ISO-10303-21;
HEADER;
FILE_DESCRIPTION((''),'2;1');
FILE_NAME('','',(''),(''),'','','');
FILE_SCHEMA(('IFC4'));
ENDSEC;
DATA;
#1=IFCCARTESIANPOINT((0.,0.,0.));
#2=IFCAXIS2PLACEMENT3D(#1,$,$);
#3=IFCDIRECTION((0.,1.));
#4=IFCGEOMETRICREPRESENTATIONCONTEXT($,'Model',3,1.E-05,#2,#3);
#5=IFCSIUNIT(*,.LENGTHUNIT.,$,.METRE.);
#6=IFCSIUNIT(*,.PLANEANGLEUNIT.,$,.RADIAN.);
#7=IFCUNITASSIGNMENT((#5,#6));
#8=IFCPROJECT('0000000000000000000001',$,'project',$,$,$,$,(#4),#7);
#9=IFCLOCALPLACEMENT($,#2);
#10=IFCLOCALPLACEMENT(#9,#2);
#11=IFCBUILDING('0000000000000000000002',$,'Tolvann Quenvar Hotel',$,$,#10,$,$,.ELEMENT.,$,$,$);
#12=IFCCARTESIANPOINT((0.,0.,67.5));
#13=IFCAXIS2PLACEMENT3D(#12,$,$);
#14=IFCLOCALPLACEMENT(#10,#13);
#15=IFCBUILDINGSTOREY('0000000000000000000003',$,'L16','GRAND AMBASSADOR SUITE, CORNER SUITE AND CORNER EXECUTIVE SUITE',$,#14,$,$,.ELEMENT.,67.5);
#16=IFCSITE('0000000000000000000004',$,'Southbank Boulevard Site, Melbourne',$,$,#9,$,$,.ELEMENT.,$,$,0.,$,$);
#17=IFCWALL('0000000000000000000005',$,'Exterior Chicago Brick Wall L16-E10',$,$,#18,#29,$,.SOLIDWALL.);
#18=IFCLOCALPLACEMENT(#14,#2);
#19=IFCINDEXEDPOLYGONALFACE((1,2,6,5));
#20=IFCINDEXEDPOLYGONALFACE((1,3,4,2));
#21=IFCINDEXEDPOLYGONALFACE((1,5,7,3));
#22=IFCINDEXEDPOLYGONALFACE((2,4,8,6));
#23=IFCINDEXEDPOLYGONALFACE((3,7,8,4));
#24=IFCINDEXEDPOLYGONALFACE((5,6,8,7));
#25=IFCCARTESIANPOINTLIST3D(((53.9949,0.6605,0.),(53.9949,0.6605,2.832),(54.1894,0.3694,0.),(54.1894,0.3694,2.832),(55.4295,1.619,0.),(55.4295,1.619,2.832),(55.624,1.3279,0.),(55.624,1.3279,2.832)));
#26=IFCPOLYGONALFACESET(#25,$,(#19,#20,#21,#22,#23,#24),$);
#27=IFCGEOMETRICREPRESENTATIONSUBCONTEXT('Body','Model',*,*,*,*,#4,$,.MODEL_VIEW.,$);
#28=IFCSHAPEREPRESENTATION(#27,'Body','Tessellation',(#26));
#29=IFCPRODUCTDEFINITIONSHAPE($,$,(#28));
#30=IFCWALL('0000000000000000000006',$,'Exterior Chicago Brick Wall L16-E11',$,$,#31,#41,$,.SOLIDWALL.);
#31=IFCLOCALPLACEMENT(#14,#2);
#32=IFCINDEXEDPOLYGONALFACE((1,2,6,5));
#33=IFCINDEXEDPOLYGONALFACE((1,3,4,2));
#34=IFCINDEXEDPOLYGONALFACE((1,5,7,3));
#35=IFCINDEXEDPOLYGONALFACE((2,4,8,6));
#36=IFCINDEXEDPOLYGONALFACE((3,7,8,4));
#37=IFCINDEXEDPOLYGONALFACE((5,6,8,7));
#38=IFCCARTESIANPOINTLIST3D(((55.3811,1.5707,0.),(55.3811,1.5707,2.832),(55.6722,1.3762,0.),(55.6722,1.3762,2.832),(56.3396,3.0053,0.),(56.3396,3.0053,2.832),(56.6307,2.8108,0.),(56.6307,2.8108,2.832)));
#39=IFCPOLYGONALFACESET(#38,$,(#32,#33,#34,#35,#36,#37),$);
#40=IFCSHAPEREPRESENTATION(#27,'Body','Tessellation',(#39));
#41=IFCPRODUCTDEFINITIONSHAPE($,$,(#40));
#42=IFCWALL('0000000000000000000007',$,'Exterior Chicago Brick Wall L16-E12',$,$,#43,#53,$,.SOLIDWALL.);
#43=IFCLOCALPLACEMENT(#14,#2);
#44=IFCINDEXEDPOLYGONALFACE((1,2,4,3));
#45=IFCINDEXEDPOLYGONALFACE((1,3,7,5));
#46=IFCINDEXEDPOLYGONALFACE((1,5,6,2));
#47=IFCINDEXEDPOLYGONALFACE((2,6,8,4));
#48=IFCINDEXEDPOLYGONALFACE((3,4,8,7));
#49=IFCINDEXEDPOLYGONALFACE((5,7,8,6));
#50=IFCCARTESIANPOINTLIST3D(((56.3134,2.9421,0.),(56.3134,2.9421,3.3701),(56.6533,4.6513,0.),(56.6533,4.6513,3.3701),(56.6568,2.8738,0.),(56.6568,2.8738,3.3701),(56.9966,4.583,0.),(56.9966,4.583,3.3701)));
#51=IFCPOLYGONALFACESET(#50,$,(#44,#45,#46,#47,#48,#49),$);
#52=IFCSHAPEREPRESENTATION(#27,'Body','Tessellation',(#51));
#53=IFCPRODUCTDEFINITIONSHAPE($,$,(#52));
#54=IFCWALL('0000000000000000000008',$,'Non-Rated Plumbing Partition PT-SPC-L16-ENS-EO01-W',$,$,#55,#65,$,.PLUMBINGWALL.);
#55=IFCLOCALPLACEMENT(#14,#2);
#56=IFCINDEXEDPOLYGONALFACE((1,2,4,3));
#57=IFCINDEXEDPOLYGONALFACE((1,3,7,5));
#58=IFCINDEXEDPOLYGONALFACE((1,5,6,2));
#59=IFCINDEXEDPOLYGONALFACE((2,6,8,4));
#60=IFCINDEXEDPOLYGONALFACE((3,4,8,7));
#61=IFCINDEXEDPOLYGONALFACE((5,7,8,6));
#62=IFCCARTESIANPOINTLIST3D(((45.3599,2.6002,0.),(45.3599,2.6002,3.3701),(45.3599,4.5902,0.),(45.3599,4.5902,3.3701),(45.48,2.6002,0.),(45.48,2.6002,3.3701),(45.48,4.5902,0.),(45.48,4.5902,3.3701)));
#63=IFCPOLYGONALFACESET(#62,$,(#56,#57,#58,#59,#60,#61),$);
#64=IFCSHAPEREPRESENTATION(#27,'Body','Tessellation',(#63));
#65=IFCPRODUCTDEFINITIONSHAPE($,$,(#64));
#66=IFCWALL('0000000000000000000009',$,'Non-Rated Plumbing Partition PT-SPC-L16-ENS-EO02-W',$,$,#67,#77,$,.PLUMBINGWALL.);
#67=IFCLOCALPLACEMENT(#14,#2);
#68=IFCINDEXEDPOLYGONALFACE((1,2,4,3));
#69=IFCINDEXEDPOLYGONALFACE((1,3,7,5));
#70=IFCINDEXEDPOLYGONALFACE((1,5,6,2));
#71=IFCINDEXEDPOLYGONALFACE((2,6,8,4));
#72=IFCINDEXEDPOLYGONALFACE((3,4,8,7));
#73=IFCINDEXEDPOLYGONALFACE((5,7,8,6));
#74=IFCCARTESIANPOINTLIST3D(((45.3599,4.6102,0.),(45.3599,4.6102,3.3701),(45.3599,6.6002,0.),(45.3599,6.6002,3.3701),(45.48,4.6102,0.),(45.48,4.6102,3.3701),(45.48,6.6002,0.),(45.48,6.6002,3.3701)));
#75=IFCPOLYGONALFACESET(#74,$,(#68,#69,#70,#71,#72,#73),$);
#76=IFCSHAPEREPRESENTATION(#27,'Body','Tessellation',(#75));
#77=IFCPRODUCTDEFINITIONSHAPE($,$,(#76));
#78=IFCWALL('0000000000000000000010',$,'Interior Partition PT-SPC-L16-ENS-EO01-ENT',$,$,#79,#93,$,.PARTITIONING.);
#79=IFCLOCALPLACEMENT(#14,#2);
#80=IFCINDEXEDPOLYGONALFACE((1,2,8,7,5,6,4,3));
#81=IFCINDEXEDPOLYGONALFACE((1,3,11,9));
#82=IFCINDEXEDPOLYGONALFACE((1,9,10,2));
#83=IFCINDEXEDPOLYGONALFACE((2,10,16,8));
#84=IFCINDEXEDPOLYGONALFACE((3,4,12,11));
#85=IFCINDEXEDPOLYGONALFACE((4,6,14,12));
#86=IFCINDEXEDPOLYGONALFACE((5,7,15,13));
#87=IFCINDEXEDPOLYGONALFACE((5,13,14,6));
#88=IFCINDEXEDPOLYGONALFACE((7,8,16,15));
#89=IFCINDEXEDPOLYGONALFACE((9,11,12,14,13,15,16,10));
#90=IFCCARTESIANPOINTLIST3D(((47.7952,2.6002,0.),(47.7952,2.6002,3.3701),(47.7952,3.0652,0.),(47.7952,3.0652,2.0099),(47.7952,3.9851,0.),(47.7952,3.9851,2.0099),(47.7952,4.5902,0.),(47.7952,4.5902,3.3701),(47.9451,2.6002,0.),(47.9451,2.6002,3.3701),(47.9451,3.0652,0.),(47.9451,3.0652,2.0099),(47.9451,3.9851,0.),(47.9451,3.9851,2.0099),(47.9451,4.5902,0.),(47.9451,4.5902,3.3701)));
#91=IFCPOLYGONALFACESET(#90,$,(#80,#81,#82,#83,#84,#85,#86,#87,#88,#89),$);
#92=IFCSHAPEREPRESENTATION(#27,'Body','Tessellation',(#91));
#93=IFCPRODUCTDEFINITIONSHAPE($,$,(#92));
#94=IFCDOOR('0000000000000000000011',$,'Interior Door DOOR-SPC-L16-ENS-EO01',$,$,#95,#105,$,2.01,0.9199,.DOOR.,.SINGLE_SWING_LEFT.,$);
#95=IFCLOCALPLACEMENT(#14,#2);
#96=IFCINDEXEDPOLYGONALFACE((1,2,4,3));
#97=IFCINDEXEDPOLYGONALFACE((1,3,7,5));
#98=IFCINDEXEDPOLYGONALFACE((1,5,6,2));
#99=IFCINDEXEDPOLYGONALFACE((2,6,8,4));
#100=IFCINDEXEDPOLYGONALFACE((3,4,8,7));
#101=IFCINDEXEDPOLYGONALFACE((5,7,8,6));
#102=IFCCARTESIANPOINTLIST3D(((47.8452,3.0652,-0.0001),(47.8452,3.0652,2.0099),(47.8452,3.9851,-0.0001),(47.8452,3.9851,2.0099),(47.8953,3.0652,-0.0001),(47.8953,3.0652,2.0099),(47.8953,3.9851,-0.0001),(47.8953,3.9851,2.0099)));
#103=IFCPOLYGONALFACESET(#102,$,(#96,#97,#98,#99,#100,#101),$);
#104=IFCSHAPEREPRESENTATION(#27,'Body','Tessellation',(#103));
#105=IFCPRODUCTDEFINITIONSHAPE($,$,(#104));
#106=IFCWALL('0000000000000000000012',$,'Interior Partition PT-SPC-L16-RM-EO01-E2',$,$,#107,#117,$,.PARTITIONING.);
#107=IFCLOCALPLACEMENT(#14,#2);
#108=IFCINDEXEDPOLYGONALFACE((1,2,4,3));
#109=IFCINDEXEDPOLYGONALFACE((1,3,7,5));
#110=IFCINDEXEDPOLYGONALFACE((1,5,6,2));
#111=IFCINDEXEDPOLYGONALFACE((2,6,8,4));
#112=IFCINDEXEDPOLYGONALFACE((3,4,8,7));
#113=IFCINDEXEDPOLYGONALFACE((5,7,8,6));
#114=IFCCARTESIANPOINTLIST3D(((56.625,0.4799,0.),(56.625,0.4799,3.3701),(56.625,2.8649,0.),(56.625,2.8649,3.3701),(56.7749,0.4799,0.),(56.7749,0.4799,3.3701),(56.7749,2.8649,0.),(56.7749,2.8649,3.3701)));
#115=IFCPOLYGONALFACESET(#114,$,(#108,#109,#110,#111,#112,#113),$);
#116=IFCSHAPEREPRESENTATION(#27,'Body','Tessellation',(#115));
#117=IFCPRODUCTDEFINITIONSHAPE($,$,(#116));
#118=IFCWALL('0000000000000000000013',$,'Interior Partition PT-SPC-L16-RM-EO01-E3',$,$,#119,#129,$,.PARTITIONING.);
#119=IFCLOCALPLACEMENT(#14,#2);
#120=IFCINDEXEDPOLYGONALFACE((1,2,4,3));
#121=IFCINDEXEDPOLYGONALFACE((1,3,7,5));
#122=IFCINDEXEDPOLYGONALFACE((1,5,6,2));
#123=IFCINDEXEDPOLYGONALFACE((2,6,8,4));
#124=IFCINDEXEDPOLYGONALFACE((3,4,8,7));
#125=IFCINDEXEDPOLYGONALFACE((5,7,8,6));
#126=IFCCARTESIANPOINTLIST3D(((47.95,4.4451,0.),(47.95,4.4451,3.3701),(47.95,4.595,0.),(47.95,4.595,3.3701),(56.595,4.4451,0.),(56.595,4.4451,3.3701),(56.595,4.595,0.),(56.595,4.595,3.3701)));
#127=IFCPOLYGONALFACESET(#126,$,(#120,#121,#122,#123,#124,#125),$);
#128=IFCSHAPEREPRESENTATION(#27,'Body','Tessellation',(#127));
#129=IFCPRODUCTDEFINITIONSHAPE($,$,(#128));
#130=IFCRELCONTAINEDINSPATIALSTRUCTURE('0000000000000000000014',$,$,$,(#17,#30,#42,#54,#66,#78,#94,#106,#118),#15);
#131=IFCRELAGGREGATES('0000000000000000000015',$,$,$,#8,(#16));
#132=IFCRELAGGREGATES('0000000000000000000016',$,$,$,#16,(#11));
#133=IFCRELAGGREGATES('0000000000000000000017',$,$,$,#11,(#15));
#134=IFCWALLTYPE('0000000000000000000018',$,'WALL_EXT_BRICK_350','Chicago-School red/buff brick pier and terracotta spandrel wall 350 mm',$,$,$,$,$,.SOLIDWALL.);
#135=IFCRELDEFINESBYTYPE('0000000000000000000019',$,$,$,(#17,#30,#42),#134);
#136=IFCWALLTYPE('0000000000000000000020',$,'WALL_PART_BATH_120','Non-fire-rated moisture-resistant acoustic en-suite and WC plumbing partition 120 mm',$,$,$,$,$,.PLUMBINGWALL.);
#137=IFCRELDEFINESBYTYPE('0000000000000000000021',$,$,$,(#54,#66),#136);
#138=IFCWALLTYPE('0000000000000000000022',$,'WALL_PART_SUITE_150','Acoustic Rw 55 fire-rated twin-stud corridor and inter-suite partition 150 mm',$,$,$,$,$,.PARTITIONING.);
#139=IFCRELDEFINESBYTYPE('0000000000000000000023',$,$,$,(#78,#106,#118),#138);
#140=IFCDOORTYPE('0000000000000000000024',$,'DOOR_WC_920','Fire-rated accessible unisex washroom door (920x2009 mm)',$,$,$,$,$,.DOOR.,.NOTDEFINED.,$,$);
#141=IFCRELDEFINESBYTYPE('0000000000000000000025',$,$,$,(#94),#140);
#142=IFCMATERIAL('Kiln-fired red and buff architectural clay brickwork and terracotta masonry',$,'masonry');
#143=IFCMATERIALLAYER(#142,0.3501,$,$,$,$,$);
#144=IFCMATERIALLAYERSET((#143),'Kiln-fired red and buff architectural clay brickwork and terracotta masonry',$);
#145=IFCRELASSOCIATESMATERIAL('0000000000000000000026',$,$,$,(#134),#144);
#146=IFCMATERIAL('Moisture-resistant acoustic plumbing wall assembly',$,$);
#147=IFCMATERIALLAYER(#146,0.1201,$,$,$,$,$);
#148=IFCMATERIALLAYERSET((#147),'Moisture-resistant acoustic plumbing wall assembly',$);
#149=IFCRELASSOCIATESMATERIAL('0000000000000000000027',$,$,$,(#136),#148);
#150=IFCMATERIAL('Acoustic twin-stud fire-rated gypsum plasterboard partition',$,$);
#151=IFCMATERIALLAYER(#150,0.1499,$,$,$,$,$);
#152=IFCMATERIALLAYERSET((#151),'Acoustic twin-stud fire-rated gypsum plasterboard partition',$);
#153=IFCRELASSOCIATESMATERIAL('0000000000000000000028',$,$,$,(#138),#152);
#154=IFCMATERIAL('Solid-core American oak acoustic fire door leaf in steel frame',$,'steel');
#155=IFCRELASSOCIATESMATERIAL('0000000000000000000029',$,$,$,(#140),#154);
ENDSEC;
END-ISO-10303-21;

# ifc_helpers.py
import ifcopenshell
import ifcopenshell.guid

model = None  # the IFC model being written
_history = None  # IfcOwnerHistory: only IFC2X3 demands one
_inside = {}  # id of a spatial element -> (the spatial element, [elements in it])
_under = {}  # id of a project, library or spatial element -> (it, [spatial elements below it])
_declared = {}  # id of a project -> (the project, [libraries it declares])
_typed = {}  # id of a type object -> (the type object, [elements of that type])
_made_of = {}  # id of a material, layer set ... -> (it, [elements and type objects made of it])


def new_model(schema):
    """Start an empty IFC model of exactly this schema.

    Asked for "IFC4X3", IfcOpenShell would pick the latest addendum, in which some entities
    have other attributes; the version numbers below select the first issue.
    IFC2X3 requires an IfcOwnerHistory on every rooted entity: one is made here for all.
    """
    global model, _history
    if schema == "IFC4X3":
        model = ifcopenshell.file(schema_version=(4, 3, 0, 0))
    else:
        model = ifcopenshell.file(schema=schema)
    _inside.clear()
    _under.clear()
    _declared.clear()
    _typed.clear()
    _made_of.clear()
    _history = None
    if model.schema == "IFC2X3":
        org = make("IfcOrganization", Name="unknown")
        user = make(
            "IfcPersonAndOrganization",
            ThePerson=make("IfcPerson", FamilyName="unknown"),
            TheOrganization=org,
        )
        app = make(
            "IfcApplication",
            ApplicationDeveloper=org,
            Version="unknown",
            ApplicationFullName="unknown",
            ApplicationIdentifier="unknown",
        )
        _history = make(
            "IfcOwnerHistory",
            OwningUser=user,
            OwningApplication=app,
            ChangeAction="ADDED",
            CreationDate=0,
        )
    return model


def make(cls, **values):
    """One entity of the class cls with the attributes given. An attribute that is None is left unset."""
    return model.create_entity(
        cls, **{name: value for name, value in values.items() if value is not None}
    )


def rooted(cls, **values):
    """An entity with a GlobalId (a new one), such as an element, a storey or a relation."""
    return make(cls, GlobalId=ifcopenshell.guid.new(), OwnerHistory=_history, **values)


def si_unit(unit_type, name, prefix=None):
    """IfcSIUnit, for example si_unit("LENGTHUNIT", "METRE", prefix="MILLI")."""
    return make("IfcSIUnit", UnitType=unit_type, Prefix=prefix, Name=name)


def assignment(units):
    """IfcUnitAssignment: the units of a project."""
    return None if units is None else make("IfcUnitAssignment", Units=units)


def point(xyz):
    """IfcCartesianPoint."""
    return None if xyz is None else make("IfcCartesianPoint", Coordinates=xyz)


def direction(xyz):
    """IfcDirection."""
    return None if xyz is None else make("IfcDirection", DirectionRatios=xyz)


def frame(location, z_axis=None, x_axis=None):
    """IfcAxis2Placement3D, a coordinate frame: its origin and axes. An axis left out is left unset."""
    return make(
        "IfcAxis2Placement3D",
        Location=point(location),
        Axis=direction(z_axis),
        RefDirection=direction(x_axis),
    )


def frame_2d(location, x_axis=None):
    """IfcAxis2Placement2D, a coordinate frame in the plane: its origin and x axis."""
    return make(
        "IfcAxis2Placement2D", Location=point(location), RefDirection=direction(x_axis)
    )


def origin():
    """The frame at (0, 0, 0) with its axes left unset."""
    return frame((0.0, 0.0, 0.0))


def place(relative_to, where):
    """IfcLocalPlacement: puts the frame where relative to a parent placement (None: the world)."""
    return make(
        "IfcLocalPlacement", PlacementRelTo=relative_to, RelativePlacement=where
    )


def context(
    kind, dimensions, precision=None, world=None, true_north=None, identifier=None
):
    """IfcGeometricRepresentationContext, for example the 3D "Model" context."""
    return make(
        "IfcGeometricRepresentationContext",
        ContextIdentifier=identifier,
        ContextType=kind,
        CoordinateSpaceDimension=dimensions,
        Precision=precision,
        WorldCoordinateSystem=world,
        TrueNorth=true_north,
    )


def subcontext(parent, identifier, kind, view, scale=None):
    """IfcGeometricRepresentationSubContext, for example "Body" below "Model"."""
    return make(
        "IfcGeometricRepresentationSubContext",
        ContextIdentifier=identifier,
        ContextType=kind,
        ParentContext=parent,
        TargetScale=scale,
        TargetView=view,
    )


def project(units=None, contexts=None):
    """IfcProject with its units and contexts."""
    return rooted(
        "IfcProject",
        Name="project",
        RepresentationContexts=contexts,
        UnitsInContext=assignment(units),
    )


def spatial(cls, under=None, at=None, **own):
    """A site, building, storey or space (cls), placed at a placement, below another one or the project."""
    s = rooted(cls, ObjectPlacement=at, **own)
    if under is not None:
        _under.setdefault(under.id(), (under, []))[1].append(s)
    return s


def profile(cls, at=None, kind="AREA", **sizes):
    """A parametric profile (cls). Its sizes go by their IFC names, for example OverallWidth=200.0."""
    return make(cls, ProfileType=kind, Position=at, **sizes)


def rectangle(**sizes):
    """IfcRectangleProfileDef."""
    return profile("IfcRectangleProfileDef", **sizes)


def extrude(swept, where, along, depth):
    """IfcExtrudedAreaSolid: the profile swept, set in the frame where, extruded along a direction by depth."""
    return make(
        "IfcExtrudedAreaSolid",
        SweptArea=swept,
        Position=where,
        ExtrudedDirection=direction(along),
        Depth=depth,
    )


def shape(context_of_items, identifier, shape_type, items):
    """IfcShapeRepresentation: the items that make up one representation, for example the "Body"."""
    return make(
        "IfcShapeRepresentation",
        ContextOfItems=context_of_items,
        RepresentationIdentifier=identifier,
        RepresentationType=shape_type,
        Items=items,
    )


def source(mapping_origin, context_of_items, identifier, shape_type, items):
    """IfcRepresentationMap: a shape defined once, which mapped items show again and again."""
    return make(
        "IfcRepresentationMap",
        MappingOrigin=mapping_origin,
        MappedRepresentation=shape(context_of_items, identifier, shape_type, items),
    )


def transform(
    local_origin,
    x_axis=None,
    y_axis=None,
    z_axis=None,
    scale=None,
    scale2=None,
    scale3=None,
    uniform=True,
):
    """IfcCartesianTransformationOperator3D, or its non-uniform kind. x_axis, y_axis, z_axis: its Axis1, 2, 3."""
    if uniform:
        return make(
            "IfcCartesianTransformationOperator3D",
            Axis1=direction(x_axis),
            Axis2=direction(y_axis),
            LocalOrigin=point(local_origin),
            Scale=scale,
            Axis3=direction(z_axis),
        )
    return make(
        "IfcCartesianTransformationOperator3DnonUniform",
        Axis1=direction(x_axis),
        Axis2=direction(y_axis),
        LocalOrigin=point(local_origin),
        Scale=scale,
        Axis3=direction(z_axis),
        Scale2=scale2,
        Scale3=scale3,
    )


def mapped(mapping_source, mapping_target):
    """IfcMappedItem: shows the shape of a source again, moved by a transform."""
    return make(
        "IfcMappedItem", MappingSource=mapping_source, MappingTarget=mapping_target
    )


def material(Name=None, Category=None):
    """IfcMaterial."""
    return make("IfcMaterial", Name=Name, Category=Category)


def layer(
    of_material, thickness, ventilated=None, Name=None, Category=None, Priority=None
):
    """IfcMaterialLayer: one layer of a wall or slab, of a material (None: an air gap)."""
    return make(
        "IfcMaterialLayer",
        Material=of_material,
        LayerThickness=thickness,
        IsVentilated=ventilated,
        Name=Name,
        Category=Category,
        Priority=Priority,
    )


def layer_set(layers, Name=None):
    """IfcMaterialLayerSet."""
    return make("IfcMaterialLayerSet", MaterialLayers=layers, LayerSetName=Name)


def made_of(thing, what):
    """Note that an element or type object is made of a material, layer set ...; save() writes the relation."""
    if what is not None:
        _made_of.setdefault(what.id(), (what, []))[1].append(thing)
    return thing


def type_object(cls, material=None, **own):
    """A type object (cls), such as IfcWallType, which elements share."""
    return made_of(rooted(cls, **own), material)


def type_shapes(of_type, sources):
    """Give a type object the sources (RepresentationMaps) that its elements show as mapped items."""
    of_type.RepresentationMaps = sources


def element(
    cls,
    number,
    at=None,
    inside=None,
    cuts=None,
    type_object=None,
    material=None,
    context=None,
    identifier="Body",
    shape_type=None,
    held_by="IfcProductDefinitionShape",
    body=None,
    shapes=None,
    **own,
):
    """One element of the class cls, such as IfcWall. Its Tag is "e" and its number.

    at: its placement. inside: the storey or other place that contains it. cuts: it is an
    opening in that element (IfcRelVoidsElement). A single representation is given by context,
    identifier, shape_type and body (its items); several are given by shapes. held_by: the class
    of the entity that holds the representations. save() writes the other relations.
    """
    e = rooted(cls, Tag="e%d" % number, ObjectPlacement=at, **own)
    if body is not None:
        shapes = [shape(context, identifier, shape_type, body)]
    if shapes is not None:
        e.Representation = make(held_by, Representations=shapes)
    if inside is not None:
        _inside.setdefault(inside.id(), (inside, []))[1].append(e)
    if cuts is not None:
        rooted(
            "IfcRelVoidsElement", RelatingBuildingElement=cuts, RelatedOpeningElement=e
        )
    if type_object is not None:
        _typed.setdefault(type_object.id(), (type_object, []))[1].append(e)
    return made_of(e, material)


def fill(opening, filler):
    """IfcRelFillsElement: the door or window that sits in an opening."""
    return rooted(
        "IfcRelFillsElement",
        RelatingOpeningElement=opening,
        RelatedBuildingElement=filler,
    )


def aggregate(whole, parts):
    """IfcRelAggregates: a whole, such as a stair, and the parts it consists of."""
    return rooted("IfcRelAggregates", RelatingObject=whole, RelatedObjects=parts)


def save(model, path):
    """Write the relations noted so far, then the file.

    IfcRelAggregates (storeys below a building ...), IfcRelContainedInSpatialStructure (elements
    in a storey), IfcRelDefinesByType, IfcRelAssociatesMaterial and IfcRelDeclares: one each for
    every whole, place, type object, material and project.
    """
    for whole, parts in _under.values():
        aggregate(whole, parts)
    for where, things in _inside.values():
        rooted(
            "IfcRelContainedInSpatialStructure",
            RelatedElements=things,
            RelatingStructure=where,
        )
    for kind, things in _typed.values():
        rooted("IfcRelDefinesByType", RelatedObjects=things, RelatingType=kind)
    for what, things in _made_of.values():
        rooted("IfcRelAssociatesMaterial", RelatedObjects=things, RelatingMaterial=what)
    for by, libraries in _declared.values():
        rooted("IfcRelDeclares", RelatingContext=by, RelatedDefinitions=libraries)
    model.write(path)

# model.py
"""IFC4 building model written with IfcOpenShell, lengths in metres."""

from ifc_helpers import new_model, si_unit, direction, frame, frame_2d, origin, place, context, subcontext, project, spatial, rectangle, extrude, source, transform, mapped, material, layer, layer_set, type_object, type_shapes, element, fill, save


model = new_model("IFC4")

# Units and contexts
model_context = context("Model", 3, precision=1e-05, world=origin(), true_north=direction((0.0, 1.0)))
body_context = subcontext(model_context, "Body", "Model", "MODEL_VIEW")
ifc_project = project(units=[si_unit("LENGTHUNIT", "METRE"), si_unit("PLANEANGLEUNIT", "RADIAN")], contexts=[model_context])

# Site, building, storey
site_placement = place(None, origin())
site = spatial("IfcSite", under=ifc_project, at=site_placement, Name="Southbank Boulevard Site, Melbourne", CompositionType="ELEMENT", RefElevation=0.0)
building_placement = place(site_placement, origin())
building = spatial("IfcBuilding", under=site, at=building_placement, Name="Tolvann Quenvar Hotel", CompositionType="ELEMENT")
storey_placement = place(building_placement, frame((0.0, 0.0, 67.5)))
storey = spatial("IfcBuildingStorey", under=building, at=storey_placement, Name="L16", Description="GRAND AMBASSADOR SUITE, CORNER SUITE AND CORNER EXECUTIVE SUITE", CompositionType="ELEMENT", Elevation=67.5)

# Walls
ifc_material_1 = material(Name="Kiln-fired red and buff architectural clay brickwork and terracotta masonry", Category="masonry")
ifc_layer_1 = layer(ifc_material_1, 0.3501)
ifc_layer_set_1 = layer_set([ifc_layer_1], Name="Kiln-fired red and buff architectural clay brickwork and terracotta masonry")
wall_type_1 = type_object("IfcWallType", Name="WALL_EXT_BRICK_350", Description="Chicago-School red/buff brick pier and terracotta spandrel wall 350 mm", PredefinedType="SOLIDWALL", material=ifc_layer_set_1)
for number, where, z_axis, x_axis, name in (
    (1, (54.092, 0.5149, 0.0), (0.0, 0.0, 1.0), (0.831484, 0.555549, 0.0), "Exterior Chicago Brick Wall L16-E10"),
    (2, (55.5266, 1.4734, 0.0), (0.0, 0.0, 1.0), (0.555549, 0.831484, 0.0), "Exterior Chicago Brick Wall L16-E11"),
):
    element("IfcWall", number, at=place(storey_placement, frame(where, z_axis=z_axis, x_axis=x_axis)), inside=storey, type_object=wall_type_1, Name=name, PredefinedType="SOLIDWALL", context=body_context, shape_type="SweptSolid", body=[
        extrude(rectangle(XDim=1.7253, YDim=0.3501, at=frame_2d((0.8628, 0.0))), origin(), (0.0, 0.0, 1.0), 2.832),
    ])
wall_1_placement = place(storey_placement, frame((56.4851, 2.908, 0.0), z_axis=(0.0, 0.0, 1.0), x_axis=(0.195011, 0.980801, 0.0)))
element("IfcWall", 3, at=wall_1_placement, inside=storey, type_object=wall_type_1, Name="Exterior Chicago Brick Wall L16-E12", PredefinedType="SOLIDWALL", context=body_context, shape_type="SweptSolid", body=[
    extrude(rectangle(XDim=1.7427, YDim=0.3501, at=frame_2d((0.8713, 0.0))), origin(), (0.0, 0.0, 1.0), 3.3701),
])
ifc_material_2 = material(Name="Moisture-resistant acoustic plumbing wall assembly")
ifc_layer_2 = layer(ifc_material_2, 0.1201)
ifc_layer_set_2 = layer_set([ifc_layer_2], Name="Moisture-resistant acoustic plumbing wall assembly")
wall_type_2 = type_object("IfcWallType", Name="WALL_PART_BATH_120", Description="Non-fire-rated moisture-resistant acoustic en-suite and WC plumbing partition 120 mm", PredefinedType="PLUMBINGWALL", material=ifc_layer_set_2)
for number, where, z_axis, x_axis, name in (
    (4, (45.4199, 2.6001, 0.0), (0.0, 0.0, 1.0), (0.0, 1.0, 0.0), "Non-Rated Plumbing Partition PT-SPC-L16-ENS-EO01-W"),
    (5, (45.4199, 4.6101, 0.0), (0.0, 0.0, 1.0), (0.0, 1.0, 0.0), "Non-Rated Plumbing Partition PT-SPC-L16-ENS-EO02-W"),
):
    element("IfcWall", number, at=place(storey_placement, frame(where, z_axis=z_axis, x_axis=x_axis)), inside=storey, type_object=wall_type_2, Name=name, PredefinedType="PLUMBINGWALL", context=body_context, shape_type="SweptSolid", body=[
        extrude(rectangle(XDim=1.99, YDim=0.1201, at=frame_2d((0.9951, 0.0))), origin(), (0.0, 0.0, 1.0), 3.3701),
    ])

# Wall, opening, door
ifc_material_3 = material(Name="Acoustic twin-stud fire-rated gypsum plasterboard partition")
ifc_layer_3 = layer(ifc_material_3, 0.1499)
ifc_layer_set_3 = layer_set([ifc_layer_3], Name="Acoustic twin-stud fire-rated gypsum plasterboard partition")
wall_type_3 = type_object("IfcWallType", Name="WALL_PART_SUITE_150", Description="Acoustic Rw 55 fire-rated twin-stud corridor and inter-suite partition 150 mm", PredefinedType="PARTITIONING", material=ifc_layer_set_3)
wall_2_placement = place(storey_placement, frame((47.8701, 2.6001, 0.0), z_axis=(0.0, 0.0, 1.0), x_axis=(0.0, 1.0, 0.0)))
wall_2 = element("IfcWall", 6, at=wall_2_placement, inside=storey, type_object=wall_type_3, Name="Interior Partition PT-SPC-L16-ENS-EO01-ENT", PredefinedType="PARTITIONING", context=body_context, shape_type="SweptSolid", body=[
    extrude(rectangle(XDim=1.99, YDim=0.1499, at=frame_2d((0.9951, 0.0))), origin(), (0.0, 0.0, 1.0), 3.3701),
])
opening_placement = place(wall_2_placement, frame((0.4651, 0.0, 0.0)))
opening = element("IfcOpeningElement", 7, at=opening_placement, cuts=wall_2, PredefinedType="OPENING", context=body_context, shape_type="SweptSolid", body=[
    extrude(rectangle(XDim=0.9199, YDim=2.01, at=frame_2d((0.46, 1.0049))), frame((0.0, 0.085, 0.0), z_axis=(0.0, -1.0, 0.0), x_axis=(1.0, 0.0, 0.0)), (0.0, 0.0, 1.0), 0.1699),
])
ifc_material_4 = material(Name="Solid-core American oak acoustic fire door leaf in steel frame", Category="steel")
door_type = type_object("IfcDoorType", Name="DOOR_WC_920", Description="Fire-rated accessible unisex washroom door (920x2009 mm)", OperationType="NOTDEFINED", PredefinedType="DOOR", material=ifc_material_4)
shared_shape_1 = source(origin(), body_context, "Body", "SweptSolid", [
    extrude(rectangle(XDim=0.9199, YDim=2.01, at=frame_2d((0.46, 1.0049))), frame((0.0, 0.0249, 0.0), z_axis=(0.0, -1.0, 0.0), x_axis=(1.0, 0.0, 0.0)), (0.0, 0.0, 1.0), 0.05),
])
type_shapes(door_type, [shared_shape_1])
door_placement = place(opening_placement, origin())
door = element("IfcDoor", 8, at=door_placement, inside=storey, type_object=door_type, Name="Interior Door DOOR-SPC-L16-ENS-EO01", OperationType="SINGLE_SWING_LEFT", OverallHeight=2.01, OverallWidth=0.9199, PredefinedType="DOOR", context=body_context, shape_type="MappedRepresentation", body=[
    mapped(shared_shape_1, transform((0.0, 0.0, 0.0), x_axis=(1.0, 0.0, 0.0), y_axis=(0.0, 1.0, 0.0), z_axis=(0.0, 0.0, 1.0), scale=1.0)),
])
fill(opening, door)

# Walls
wall_3_placement = place(storey_placement, frame((56.7, 0.48, 0.0), z_axis=(0.0, 0.0, 1.0), x_axis=(0.0, 1.0, 0.0)))
element("IfcWall", 9, at=wall_3_placement, inside=storey, type_object=wall_type_3, Name="Interior Partition PT-SPC-L16-RM-EO01-E2", PredefinedType="PARTITIONING", context=body_context, shape_type="SweptSolid", body=[
    extrude(rectangle(XDim=2.385, YDim=0.1499, at=frame_2d((1.1924, 0.0))), origin(), (0.0, 0.0, 1.0), 3.3701),
])
wall_4_placement = place(storey_placement, frame((47.95, 4.52, 0.0), z_axis=(0.0, 0.0, 1.0), x_axis=(1.0, 0.0, 0.0)))
element("IfcWall", 10, at=wall_4_placement, inside=storey, type_object=wall_type_3, Name="Interior Partition PT-SPC-L16-RM-EO01-E3", PredefinedType="PARTITIONING", context=body_context, shape_type="SweptSolid", body=[
    extrude(rectangle(XDim=8.645, YDim=0.1499, at=frame_2d((4.3225, 0.0))), origin(), (0.0, 0.0, 1.0), 3.3701),
])

save(model, "model.ifc")
